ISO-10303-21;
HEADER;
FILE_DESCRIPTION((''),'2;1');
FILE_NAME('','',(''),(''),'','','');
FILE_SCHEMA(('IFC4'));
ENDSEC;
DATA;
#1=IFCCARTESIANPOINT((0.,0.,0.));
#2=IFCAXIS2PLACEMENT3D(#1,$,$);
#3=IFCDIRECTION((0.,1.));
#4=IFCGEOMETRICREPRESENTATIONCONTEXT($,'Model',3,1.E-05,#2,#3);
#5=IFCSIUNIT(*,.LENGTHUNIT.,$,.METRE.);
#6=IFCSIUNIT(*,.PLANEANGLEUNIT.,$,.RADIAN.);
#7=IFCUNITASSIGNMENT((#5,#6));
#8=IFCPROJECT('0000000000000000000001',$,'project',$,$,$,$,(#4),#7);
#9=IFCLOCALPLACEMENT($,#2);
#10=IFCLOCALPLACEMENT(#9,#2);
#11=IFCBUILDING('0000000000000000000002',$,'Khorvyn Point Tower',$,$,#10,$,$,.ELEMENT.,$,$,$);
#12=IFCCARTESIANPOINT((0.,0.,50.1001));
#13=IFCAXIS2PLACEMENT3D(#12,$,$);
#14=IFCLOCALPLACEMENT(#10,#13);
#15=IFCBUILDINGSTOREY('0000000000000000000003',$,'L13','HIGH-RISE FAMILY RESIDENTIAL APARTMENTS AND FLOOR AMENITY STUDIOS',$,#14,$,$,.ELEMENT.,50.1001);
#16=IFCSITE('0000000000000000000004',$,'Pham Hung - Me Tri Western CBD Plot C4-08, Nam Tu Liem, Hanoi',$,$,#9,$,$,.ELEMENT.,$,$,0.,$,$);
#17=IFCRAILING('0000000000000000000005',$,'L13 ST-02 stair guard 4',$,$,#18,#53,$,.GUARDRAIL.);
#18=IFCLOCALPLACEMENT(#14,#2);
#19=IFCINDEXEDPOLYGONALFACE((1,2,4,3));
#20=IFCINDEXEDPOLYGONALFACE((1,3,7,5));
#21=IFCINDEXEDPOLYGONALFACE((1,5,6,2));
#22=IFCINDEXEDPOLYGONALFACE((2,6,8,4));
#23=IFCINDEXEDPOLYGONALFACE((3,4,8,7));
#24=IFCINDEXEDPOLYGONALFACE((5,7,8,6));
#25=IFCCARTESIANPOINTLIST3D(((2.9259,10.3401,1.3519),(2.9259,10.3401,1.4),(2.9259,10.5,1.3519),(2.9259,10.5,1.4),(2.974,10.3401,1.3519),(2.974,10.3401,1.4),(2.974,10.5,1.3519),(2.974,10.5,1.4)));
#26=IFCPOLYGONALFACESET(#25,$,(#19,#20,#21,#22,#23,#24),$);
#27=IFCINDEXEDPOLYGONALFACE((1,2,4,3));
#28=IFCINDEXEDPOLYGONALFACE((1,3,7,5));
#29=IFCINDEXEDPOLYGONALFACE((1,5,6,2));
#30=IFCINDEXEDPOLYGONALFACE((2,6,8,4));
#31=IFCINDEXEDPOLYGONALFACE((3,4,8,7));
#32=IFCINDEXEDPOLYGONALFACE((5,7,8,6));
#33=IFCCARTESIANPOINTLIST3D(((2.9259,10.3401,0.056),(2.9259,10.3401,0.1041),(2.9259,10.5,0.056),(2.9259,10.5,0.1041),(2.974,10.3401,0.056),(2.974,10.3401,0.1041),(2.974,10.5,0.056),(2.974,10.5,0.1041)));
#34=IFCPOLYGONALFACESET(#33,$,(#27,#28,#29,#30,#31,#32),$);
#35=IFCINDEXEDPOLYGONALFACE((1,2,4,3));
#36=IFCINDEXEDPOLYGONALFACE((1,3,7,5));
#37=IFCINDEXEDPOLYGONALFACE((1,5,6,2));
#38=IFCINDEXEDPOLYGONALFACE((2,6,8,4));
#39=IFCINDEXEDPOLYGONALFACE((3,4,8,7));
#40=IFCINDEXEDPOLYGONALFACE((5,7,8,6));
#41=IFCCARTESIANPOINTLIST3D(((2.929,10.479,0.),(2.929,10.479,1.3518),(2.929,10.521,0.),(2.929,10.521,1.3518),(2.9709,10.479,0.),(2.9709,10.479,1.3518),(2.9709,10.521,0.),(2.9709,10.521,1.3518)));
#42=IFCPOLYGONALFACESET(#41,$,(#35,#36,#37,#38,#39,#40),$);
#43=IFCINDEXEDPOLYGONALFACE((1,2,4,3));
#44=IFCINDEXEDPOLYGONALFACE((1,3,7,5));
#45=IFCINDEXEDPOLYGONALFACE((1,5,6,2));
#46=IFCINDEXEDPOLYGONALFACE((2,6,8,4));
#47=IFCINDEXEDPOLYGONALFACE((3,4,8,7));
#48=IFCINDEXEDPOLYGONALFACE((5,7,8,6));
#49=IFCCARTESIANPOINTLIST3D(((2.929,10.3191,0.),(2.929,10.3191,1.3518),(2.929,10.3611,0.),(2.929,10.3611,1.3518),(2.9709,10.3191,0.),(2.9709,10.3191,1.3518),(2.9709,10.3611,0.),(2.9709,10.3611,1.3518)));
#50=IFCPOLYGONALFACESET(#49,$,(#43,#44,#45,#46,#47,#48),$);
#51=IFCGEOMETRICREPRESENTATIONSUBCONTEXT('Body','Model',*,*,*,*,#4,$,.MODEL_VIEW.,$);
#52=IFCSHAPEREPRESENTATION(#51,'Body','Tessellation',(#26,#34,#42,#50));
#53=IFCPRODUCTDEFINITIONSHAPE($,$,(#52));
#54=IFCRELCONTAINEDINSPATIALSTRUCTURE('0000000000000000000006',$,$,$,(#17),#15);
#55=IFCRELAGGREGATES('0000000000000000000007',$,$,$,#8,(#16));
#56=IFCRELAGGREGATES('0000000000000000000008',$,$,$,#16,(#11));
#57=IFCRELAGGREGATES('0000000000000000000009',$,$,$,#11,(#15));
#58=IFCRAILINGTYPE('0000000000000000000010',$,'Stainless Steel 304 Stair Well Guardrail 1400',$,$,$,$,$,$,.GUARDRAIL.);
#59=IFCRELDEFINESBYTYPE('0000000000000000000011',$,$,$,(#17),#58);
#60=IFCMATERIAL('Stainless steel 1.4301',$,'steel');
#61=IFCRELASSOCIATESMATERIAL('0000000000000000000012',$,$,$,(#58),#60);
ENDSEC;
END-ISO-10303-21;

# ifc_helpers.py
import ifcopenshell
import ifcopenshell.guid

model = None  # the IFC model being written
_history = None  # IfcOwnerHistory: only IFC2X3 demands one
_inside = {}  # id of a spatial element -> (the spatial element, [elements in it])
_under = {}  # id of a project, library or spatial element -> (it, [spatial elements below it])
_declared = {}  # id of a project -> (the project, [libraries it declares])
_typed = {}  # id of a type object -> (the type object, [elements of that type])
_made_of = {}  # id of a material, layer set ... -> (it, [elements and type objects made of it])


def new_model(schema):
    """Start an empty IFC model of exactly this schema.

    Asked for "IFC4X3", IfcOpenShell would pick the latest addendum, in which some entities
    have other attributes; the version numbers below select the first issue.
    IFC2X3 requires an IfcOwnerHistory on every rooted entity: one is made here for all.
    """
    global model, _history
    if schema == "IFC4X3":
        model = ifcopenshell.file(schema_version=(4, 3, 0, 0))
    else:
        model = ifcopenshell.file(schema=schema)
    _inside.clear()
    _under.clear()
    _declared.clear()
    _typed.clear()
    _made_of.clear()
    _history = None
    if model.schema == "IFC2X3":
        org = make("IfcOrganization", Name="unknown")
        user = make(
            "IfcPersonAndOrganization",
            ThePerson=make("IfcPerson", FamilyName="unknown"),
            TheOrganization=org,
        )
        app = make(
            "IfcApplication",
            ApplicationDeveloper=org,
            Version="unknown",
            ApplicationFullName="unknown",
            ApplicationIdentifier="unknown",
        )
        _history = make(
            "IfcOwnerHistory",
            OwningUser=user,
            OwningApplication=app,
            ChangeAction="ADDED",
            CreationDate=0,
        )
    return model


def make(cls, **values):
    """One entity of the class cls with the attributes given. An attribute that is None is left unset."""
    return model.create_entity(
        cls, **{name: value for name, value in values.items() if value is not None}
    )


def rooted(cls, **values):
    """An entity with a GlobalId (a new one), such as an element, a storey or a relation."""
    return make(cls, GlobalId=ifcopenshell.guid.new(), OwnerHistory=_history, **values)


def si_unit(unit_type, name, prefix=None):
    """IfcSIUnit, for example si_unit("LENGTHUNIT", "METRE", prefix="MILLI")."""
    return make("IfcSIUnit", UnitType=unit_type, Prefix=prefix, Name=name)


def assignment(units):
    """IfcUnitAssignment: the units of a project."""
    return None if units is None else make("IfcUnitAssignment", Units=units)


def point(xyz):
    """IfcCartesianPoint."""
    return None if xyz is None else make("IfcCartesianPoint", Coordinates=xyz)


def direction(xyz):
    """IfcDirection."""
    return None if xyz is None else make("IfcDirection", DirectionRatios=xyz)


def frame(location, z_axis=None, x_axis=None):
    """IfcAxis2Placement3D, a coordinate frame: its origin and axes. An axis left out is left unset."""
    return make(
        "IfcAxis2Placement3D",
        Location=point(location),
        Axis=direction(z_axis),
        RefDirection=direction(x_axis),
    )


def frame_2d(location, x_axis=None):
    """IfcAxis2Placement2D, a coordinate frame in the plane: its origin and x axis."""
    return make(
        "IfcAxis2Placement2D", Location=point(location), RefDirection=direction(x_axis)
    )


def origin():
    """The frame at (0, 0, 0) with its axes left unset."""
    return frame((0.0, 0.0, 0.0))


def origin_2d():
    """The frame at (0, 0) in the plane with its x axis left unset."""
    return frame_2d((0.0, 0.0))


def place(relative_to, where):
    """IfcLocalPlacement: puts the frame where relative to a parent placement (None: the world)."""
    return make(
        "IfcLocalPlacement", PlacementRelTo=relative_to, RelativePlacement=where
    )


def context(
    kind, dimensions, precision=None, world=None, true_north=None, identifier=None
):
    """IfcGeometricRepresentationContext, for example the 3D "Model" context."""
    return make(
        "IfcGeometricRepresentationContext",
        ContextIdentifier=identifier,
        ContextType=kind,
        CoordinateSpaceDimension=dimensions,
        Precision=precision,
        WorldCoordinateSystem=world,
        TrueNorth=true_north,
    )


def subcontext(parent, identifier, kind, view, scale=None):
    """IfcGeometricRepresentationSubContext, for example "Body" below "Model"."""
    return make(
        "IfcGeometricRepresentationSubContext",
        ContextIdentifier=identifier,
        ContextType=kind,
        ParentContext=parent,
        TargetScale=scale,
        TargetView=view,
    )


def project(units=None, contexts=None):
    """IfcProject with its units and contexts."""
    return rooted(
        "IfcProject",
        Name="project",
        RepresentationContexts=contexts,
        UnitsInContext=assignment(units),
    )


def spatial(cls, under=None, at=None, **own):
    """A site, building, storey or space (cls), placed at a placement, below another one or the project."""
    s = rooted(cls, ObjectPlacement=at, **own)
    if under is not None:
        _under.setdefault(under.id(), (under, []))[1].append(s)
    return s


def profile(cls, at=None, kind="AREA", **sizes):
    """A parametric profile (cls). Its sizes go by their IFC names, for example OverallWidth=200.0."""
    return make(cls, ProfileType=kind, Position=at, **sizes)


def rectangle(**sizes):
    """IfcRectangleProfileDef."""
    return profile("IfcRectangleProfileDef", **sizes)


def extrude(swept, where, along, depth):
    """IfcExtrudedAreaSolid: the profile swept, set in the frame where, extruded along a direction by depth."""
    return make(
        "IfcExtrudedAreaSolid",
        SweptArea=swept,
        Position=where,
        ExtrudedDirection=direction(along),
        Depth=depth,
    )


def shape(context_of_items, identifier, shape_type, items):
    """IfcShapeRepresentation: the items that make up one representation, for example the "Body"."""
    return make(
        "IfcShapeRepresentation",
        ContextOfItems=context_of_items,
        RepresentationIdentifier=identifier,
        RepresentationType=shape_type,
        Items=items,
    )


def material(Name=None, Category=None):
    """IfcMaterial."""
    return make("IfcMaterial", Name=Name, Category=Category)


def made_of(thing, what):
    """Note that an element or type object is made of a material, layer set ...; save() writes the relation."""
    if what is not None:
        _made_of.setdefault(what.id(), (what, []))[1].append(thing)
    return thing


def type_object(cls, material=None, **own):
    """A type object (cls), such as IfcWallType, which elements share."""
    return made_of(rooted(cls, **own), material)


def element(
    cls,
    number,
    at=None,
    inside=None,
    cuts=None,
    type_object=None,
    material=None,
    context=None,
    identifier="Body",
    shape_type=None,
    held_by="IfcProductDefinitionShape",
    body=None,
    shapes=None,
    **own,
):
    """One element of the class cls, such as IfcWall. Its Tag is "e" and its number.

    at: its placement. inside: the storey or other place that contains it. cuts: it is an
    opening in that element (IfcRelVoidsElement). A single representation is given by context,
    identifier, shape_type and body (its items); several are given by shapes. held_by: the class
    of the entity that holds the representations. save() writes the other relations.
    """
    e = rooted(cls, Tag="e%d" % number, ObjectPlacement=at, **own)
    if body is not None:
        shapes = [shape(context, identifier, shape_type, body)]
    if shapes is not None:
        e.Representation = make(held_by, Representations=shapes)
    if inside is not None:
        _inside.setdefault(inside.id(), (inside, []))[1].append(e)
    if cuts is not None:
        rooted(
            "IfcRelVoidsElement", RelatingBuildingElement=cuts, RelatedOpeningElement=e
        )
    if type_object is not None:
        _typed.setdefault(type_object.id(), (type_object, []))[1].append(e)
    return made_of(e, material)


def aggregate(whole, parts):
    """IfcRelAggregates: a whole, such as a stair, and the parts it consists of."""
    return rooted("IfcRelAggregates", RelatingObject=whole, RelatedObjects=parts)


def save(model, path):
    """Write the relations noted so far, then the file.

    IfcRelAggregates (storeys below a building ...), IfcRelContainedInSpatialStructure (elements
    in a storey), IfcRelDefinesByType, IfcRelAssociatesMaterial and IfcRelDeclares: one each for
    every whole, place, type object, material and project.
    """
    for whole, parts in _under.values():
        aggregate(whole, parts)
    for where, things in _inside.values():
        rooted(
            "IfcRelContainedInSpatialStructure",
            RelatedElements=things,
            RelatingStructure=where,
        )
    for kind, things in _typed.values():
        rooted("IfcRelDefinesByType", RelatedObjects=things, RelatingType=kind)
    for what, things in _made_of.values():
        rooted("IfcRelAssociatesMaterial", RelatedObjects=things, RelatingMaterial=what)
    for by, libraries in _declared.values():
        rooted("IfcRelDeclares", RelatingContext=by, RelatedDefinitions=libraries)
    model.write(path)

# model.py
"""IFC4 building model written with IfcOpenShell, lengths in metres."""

from ifc_helpers import new_model, si_unit, direction, frame, origin, origin_2d, place, context, subcontext, project, spatial, rectangle, extrude, material, type_object, element, save


model = new_model("IFC4")

# Units and contexts
model_context = context("Model", 3, precision=1e-05, world=origin(), true_north=direction((0.0, 1.0)))
body_context = subcontext(model_context, "Body", "Model", "MODEL_VIEW")
ifc_project = project(units=[si_unit("LENGTHUNIT", "METRE"), si_unit("PLANEANGLEUNIT", "RADIAN")], contexts=[model_context])

# Site, building, storey
site_placement = place(None, origin())
site = spatial("IfcSite", under=ifc_project, at=site_placement, Name="Pham Hung - Me Tri Western CBD Plot C4-08, Nam Tu Liem, Hanoi", CompositionType="ELEMENT", RefElevation=0.0)
building_placement = place(site_placement, origin())
building = spatial("IfcBuilding", under=site, at=building_placement, Name="Khorvyn Point Tower", CompositionType="ELEMENT")
storey_placement = place(building_placement, frame((0.0, 0.0, 50.1001)))
storey = spatial("IfcBuildingStorey", under=building, at=storey_placement, Name="L13", Description="HIGH-RISE FAMILY RESIDENTIAL APARTMENTS AND FLOOR AMENITY STUDIOS", CompositionType="ELEMENT", Elevation=50.1001)

# Shared definitions
ifc_material_1 = material(Name="Stainless steel 1.4301", Category="steel")

# Railing
railing_type_1 = type_object("IfcRailingType", Name="Stainless Steel 304 Stair Well Guardrail 1400", PredefinedType="GUARDRAIL", material=ifc_material_1)
railing_1_placement = place(storey_placement, frame((2.95, 10.5, 0.0)))
element("IfcRailing", 1, at=railing_1_placement, inside=storey, type_object=railing_type_1, Name="L13 ST-02 stair guard 4", PredefinedType="GUARDRAIL", context=body_context, shape_type="SweptSolid", body=[
    extrude(rectangle(XDim=0.0481, YDim=0.0481, at=origin_2d()), frame((0.0, 0.0, 1.376), z_axis=(0.0, -1.0, 0.0), x_axis=(1.0, 0.0, 0.0)), (0.0, 0.0, 1.0), 0.1599),
    extrude(rectangle(XDim=0.0481, YDim=0.0481, at=origin_2d()), frame((0.0, 0.0, 0.0801), z_axis=(0.0, -1.0, 0.0), x_axis=(1.0, 0.0, 0.0)), (0.0, 0.0, 1.0), 0.1599),
    extrude(rectangle(XDim=0.042, YDim=0.042, at=origin_2d()), origin(), (0.0, 0.0, 1.0), 1.3518),
    extrude(rectangle(XDim=0.042, YDim=0.042, at=origin_2d()), frame((0.0, -0.1599, 0.0)), (0.0, 0.0, 1.0), 1.3518),
])

save(model, "model.ifc")
